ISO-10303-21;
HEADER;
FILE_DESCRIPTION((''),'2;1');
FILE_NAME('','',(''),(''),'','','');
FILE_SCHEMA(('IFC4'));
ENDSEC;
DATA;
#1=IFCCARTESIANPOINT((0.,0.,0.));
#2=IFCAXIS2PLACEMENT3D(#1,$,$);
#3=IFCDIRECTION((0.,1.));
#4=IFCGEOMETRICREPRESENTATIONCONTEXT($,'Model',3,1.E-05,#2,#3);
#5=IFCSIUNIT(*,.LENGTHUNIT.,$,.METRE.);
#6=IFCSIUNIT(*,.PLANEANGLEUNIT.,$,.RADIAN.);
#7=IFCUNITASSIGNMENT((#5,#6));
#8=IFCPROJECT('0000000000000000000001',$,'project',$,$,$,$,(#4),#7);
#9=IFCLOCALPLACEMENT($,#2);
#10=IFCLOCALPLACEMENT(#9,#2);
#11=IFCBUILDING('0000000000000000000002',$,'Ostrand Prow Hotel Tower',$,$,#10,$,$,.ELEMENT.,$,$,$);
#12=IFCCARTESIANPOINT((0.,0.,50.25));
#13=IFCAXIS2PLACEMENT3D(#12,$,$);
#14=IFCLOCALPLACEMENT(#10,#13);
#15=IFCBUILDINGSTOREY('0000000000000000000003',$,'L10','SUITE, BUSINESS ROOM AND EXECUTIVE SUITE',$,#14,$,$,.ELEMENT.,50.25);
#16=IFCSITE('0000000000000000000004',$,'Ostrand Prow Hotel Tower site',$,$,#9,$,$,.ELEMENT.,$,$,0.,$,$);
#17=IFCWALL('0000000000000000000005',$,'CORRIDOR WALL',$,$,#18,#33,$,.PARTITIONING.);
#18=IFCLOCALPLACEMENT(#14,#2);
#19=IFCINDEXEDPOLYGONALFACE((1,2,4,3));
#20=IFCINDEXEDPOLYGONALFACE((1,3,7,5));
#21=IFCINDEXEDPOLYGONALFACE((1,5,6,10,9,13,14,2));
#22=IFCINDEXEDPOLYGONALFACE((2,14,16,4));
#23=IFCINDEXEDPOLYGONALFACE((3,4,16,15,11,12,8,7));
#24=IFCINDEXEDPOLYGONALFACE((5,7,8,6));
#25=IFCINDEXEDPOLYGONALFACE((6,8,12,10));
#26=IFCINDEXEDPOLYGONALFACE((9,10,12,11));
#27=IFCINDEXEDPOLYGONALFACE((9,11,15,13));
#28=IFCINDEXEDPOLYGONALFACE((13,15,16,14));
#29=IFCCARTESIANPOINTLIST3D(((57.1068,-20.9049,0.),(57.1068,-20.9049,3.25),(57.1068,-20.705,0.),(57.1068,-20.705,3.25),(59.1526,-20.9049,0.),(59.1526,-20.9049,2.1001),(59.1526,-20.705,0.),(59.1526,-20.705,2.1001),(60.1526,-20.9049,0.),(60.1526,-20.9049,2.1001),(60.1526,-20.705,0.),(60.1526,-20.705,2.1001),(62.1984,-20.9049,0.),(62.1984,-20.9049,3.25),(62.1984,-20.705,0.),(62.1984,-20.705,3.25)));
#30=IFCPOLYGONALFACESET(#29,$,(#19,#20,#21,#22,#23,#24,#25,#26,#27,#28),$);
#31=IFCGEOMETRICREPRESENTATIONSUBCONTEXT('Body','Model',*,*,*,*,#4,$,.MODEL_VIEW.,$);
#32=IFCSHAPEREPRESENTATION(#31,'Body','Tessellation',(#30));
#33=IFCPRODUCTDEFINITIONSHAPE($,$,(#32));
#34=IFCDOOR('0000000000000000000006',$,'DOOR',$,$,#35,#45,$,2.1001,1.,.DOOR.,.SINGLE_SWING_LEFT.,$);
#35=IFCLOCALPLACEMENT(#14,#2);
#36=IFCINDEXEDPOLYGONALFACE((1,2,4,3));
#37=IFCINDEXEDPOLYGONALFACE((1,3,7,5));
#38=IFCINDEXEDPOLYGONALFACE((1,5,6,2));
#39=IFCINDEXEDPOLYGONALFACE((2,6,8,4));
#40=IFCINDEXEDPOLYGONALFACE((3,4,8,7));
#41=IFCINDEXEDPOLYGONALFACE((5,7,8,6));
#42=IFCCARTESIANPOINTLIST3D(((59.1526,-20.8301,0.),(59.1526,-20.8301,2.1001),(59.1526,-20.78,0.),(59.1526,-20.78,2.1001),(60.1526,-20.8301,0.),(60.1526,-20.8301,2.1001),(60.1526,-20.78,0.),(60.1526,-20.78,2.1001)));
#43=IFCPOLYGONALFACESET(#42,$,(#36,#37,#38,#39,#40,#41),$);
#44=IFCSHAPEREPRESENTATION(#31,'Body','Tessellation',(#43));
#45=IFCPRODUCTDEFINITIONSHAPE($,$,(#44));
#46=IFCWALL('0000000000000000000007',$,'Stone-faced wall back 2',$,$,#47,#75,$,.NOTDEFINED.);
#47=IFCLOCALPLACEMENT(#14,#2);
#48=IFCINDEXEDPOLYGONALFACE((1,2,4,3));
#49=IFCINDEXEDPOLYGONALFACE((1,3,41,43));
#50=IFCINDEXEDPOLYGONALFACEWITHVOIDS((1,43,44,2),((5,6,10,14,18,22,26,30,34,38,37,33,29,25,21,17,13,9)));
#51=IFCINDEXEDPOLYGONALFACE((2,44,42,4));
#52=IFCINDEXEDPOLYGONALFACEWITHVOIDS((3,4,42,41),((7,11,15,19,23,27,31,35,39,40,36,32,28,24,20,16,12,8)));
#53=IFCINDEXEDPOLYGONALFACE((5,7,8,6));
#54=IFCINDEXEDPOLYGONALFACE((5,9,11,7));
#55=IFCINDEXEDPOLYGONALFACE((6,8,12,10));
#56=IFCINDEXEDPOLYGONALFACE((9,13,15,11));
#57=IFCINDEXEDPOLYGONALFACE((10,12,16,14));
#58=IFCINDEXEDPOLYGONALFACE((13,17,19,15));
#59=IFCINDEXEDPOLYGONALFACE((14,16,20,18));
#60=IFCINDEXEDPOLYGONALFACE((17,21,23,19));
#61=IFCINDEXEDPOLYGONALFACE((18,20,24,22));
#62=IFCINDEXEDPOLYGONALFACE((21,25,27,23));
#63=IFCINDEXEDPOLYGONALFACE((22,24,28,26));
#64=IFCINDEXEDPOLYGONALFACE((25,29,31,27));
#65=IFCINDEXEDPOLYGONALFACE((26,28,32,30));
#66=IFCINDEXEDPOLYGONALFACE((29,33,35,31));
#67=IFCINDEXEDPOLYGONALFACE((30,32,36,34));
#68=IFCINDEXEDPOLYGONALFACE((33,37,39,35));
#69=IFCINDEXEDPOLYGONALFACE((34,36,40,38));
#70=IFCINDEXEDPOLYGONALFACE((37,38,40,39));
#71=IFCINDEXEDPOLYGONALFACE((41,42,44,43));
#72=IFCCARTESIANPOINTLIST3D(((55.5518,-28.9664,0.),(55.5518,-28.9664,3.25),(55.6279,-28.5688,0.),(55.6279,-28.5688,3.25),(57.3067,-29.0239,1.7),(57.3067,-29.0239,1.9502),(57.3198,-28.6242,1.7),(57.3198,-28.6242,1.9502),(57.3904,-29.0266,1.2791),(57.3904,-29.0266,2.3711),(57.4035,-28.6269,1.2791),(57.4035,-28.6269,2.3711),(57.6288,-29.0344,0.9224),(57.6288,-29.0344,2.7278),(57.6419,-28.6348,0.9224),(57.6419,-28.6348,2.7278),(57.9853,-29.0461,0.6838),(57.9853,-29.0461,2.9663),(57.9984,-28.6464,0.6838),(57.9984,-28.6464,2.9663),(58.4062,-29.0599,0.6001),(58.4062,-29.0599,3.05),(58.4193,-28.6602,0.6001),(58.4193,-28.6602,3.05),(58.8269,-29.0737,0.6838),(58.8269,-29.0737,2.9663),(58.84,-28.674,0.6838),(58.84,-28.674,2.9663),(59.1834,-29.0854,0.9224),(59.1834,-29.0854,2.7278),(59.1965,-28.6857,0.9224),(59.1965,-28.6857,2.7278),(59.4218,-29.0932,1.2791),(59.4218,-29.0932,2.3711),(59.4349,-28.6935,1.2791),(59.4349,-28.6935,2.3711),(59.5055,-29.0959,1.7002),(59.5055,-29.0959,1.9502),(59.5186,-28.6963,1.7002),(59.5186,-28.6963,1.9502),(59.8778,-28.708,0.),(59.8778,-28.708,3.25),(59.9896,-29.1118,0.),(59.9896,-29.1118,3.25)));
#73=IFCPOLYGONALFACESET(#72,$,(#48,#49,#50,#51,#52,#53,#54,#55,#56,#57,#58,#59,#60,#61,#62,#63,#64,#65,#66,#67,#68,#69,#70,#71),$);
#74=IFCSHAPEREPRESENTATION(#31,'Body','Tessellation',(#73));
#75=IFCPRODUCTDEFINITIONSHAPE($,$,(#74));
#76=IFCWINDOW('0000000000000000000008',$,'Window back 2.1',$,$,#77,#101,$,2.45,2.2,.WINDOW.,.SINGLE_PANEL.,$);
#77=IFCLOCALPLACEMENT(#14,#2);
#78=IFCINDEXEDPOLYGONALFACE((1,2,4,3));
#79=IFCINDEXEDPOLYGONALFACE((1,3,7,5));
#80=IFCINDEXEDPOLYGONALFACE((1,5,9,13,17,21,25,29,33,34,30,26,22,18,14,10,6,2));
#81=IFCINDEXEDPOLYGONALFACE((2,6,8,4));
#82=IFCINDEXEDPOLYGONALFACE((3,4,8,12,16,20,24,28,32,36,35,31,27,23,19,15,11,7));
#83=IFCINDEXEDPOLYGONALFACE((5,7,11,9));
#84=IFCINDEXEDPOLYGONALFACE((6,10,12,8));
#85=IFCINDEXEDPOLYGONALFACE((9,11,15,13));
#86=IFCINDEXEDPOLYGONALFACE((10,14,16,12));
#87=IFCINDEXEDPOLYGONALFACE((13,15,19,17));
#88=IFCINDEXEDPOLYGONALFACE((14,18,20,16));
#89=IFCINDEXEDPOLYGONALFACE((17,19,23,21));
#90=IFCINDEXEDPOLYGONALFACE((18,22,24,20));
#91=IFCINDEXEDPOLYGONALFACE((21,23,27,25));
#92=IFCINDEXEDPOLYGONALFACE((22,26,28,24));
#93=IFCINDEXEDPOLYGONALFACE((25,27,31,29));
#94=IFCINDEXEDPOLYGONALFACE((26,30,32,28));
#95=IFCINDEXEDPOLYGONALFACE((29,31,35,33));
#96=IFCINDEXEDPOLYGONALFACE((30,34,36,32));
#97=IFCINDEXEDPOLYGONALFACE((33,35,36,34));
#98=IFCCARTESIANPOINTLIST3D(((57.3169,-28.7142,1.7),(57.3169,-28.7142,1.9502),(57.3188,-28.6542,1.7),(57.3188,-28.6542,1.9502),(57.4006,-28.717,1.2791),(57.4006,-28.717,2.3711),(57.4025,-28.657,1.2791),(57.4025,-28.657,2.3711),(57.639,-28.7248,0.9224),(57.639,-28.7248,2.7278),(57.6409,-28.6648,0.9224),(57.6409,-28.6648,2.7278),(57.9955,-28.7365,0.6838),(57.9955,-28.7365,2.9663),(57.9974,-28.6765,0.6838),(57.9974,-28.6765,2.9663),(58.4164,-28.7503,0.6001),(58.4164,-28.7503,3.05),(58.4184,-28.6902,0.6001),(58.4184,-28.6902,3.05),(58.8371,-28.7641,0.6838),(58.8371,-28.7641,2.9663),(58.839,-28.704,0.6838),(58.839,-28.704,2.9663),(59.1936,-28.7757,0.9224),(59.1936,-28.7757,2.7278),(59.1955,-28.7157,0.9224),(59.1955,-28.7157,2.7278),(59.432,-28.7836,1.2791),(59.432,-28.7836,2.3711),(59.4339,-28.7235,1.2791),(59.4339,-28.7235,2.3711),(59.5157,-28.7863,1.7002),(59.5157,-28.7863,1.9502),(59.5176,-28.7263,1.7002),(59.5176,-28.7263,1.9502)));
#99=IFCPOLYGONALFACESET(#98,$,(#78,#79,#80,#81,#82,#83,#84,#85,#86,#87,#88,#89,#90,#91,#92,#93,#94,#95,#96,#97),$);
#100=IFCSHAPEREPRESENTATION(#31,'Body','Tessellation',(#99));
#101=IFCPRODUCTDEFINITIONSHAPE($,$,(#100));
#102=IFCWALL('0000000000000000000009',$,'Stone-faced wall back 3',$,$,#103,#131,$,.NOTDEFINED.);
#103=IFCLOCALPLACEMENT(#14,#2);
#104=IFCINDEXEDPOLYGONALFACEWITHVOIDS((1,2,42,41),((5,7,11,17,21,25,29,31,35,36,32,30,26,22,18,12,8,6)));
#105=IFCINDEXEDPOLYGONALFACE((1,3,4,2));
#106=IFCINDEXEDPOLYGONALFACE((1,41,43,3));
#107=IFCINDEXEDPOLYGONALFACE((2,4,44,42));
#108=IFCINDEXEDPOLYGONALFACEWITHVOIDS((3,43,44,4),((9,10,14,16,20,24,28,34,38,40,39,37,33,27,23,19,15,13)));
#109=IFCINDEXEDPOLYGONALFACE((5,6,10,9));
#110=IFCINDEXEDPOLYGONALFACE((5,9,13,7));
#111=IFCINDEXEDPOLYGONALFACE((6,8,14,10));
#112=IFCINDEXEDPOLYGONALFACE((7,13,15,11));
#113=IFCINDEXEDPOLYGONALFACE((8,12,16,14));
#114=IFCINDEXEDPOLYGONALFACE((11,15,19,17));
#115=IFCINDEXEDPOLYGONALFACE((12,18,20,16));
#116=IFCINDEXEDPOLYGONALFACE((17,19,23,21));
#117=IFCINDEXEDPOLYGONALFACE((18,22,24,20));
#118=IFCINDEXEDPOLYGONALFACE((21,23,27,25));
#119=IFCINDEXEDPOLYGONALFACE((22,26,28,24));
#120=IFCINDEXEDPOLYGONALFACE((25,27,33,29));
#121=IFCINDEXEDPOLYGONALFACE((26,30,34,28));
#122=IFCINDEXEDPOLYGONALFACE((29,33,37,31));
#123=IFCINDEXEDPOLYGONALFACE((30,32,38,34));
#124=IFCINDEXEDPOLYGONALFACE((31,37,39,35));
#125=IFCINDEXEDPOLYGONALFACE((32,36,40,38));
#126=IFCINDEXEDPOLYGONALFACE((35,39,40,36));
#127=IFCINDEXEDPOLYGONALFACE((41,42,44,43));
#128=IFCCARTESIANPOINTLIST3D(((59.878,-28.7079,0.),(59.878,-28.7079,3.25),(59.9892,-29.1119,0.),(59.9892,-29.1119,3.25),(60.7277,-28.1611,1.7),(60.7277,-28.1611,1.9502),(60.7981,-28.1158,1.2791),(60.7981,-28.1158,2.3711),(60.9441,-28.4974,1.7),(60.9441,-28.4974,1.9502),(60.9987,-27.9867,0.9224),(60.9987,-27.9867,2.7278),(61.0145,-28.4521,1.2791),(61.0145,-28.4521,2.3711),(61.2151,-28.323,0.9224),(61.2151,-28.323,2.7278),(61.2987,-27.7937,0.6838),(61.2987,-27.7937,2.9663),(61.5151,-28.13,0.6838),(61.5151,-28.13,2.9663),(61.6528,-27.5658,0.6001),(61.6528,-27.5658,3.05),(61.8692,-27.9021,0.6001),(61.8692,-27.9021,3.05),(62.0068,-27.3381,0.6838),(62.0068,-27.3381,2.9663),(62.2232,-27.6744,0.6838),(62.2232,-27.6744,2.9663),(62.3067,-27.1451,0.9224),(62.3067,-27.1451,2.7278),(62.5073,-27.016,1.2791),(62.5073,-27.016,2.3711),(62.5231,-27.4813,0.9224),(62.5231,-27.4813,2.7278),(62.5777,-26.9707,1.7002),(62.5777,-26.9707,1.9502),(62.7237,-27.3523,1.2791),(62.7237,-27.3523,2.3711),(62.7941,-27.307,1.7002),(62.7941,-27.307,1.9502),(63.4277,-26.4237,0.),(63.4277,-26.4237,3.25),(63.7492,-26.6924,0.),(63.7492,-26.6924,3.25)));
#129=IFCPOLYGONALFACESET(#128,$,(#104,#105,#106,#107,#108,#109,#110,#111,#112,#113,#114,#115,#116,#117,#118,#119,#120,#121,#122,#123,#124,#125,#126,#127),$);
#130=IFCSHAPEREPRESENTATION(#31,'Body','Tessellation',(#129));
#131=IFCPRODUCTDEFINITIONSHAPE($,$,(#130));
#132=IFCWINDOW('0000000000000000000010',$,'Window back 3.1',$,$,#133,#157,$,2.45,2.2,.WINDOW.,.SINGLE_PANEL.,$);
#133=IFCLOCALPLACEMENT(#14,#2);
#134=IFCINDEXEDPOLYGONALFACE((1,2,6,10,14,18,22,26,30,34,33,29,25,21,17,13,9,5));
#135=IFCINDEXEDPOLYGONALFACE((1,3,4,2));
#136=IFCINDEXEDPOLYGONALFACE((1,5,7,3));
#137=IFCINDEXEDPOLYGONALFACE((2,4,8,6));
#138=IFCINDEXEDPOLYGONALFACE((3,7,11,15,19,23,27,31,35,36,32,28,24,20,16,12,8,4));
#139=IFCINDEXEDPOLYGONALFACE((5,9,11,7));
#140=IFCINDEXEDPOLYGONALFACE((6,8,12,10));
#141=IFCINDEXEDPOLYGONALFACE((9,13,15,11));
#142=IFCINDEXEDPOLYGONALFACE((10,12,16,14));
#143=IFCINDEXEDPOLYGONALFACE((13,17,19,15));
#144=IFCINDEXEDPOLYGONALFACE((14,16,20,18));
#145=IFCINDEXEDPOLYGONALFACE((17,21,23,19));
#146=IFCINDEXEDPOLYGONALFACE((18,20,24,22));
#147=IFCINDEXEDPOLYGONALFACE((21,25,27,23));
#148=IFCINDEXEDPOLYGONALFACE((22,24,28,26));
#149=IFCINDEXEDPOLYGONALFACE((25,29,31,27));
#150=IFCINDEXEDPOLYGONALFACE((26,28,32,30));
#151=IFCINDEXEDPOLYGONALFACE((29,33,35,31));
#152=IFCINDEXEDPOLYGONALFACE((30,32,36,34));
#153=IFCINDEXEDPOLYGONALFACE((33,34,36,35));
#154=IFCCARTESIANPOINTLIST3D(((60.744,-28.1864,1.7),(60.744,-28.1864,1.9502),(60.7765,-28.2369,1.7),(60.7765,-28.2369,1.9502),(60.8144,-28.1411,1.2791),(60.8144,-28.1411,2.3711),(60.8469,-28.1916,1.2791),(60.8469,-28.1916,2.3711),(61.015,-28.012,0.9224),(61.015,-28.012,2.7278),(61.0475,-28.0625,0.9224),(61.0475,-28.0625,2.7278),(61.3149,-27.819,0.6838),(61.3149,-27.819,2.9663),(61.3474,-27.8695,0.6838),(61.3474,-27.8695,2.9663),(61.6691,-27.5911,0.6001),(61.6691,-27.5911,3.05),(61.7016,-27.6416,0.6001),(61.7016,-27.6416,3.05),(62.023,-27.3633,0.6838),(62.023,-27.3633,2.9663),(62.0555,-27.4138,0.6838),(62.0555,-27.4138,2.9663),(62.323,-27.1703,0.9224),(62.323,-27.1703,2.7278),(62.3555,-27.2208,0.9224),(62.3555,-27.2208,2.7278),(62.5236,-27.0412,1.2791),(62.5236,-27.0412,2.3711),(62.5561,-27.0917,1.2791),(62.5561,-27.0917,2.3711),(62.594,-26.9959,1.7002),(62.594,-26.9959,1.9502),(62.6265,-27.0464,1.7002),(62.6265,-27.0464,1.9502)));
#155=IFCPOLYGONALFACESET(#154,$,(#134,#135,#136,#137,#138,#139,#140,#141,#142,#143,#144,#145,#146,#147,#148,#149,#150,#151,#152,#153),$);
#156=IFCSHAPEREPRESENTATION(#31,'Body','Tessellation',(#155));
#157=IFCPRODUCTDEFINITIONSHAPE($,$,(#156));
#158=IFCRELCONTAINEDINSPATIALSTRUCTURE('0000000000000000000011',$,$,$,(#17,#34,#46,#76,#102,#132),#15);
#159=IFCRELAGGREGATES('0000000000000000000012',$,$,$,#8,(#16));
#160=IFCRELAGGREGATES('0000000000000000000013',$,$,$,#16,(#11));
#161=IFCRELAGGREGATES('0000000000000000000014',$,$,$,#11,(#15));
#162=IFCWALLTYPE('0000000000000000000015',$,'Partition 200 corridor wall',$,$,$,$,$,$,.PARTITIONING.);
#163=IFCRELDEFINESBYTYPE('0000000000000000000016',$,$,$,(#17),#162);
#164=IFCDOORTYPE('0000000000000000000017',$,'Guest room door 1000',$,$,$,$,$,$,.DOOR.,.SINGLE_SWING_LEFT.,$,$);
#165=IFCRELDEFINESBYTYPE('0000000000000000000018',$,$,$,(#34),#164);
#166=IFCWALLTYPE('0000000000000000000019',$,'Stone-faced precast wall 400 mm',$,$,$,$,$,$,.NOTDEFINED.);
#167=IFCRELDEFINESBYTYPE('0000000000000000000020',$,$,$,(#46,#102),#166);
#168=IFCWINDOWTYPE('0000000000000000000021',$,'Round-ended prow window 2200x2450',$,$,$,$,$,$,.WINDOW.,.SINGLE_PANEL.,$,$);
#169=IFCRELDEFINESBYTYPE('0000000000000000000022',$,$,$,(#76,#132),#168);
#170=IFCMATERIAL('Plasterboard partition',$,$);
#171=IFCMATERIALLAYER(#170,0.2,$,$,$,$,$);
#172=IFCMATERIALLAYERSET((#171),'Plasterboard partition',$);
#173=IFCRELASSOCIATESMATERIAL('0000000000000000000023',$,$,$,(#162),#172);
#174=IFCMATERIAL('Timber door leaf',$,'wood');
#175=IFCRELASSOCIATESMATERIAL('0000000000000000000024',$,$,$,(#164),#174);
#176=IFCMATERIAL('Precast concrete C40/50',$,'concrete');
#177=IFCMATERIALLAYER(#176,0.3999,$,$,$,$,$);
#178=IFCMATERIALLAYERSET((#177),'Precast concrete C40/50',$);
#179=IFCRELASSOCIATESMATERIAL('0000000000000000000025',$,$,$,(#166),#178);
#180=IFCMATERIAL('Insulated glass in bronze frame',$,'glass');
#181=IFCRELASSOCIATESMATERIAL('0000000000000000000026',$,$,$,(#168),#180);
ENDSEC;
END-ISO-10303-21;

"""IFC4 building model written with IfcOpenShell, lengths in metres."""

from ifc_helpers import new_model, si_unit, direction, frame, frame_2d, origin, place, context, subcontext, project, spatial, polyline, rectangle, outline, extrude, material, layer, layer_set, type_object, element, fill, save


model = new_model("IFC4")

# Units and contexts
model_context = context("Model", 3, precision=1e-05, world=origin(), true_north=direction((0.0, 1.0)))
body_context = subcontext(model_context, "Body", "Model", "MODEL_VIEW")
ifc_project = project(units=[si_unit("LENGTHUNIT", "METRE"), si_unit("PLANEANGLEUNIT", "RADIAN")], contexts=[model_context])

# Site, building, storey
site_placement = place(None, origin())
site = spatial("IfcSite", under=ifc_project, at=site_placement, Name="Ostrand Prow Hotel Tower site", CompositionType="ELEMENT", RefElevation=0.0)
building_placement = place(site_placement, origin())
building = spatial("IfcBuilding", under=site, at=building_placement, Name="Ostrand Prow Hotel Tower", CompositionType="ELEMENT")
storey_placement = place(building_placement, frame((0.0, 0.0, 50.25)))
storey = spatial("IfcBuildingStorey", under=building, at=storey_placement, Name="L10", Description="SUITE, BUSINESS ROOM AND EXECUTIVE SUITE", CompositionType="ELEMENT", Elevation=50.25)

# Wall, opening, door
ifc_material_1 = material(Name="Plasterboard partition")
ifc_layer_1 = layer(ifc_material_1, 0.2)
ifc_layer_set_1 = layer_set([ifc_layer_1], Name="Plasterboard partition")
wall_type_1 = type_object("IfcWallType", Name="Partition 200 corridor wall", PredefinedType="PARTITIONING", material=ifc_layer_set_1)
wall_1_placement = place(storey_placement, frame((57.1067, -20.8049, 0.0), z_axis=(0.0, 0.0, 1.0), x_axis=(1.0, 0.0, 0.0)))
wall_1 = element("IfcWall", 1, at=wall_1_placement, inside=storey, type_object=wall_type_1, Name="CORRIDOR WALL", PredefinedType="PARTITIONING", context=body_context, shape_type="SweptSolid", body=[
    extrude(rectangle(XDim=5.0916, YDim=0.2, at=frame_2d((2.5459, 0.0))), origin(), (0.0, 0.0, 1.0), 3.25),
])
opening_1_placement = place(wall_1_placement, frame((2.0459, 0.0, 0.0)))
opening_1 = element("IfcOpeningElement", 2, at=opening_1_placement, cuts=wall_1, PredefinedType="OPENING", context=body_context, shape_type="SweptSolid", body=[
    extrude(rectangle(XDim=1.0, YDim=2.1001, at=frame_2d((0.5, 1.05))), frame((0.0, 0.1099, 0.0), z_axis=(0.0, -1.0, 0.0), x_axis=(1.0, 0.0, 0.0)), (0.0, 0.0, 1.0), 0.22),
])
ifc_material_2 = material(Name="Timber door leaf", Category="wood")
door_type_1 = type_object("IfcDoorType", Name="Guest room door 1000", OperationType="SINGLE_SWING_LEFT", PredefinedType="DOOR", material=ifc_material_2)
door_1_placement = place(opening_1_placement, origin())
door_1 = element("IfcDoor", 3, at=door_1_placement, inside=storey, type_object=door_type_1, Name="DOOR", OperationType="SINGLE_SWING_LEFT", OverallHeight=2.1001, OverallWidth=1.0, PredefinedType="DOOR", context=body_context, shape_type="SweptSolid", body=[
    extrude(rectangle(XDim=1.0, YDim=2.1001, at=frame_2d((0.5, 1.05))), frame((0.0, 0.0249, 0.0), z_axis=(0.0, -1.0, 0.0), x_axis=(1.0, 0.0, 0.0)), (0.0, 0.0, 1.0), 0.05),
])
fill(opening_1, door_1)

# Walls, openings, windows
ifc_material_3 = material(Name="Precast concrete C40/50", Category="concrete")
ifc_layer_2 = layer(ifc_material_3, 0.3999)
ifc_layer_set_2 = layer_set([ifc_layer_2], Name="Precast concrete C40/50")
wall_type_2 = type_object("IfcWallType", Name="Stone-faced precast wall 400 mm", PredefinedType="NOTDEFINED", material=ifc_layer_set_2)
wall_2_placement = place(storey_placement, frame((55.5898, -28.7676, 0.0), z_axis=(0.0, 0.0, 1.0), x_axis=(0.999464, -0.03275, 0.0)))
wall_2 = element("IfcWall", 4, at=wall_2_placement, inside=storey, type_object=wall_type_2, Name="Stone-faced wall back 2", PredefinedType="NOTDEFINED", context=body_context, shape_type="SweptSolid", body=[
    extrude(outline(polyline([(-0.0315, -0.2), (4.4087, -0.2), (4.2837, 0.2), (0.0315, 0.2), (-0.0315, -0.2)])), origin(), (0.0, 0.0, 1.0), 3.25),
])
opening_2_placement = place(wall_2_placement, frame((1.7244, 0.0, 0.6001)))
opening_2 = element("IfcOpeningElement", 5, at=opening_2_placement, cuts=wall_2, PredefinedType="OPENING", context=body_context, shape_type="SweptSolid", body=[
    extrude(outline(polyline([(0.0, 1.3501), (0.0837, 1.771), (0.3223, 2.1277), (0.679, 2.3662), (1.1001, 2.45), (1.521, 2.3662), (1.8777, 2.1277), (2.1162, 1.771), (2.2, 1.3501), (2.2, 1.1001), (2.1162, 0.679), (1.8777, 0.3223), (1.521, 0.0837), (1.1001, 0.0), (0.679, 0.0837), (0.3223, 0.3223), (0.0837, 0.679), (0.0, 1.0999), (0.0, 1.3501)])), frame((0.0, 0.21, 0.0), z_axis=(0.0, -1.0, 0.0), x_axis=(1.0, 0.0, 0.0)), (0.0, 0.0, 1.0), 0.4199),
])
ifc_material_4 = material(Name="Insulated glass in bronze frame", Category="glass")
window_type_1 = type_object("IfcWindowType", Name="Round-ended prow window 2200x2450", PartitioningType="SINGLE_PANEL", PredefinedType="WINDOW", material=ifc_material_4)
window_1_placement = place(opening_2_placement, origin())
window_1 = element("IfcWindow", 6, at=window_1_placement, inside=storey, type_object=window_type_1, Name="Window back 2.1", OverallHeight=2.45, OverallWidth=2.2, PartitioningType="SINGLE_PANEL", PredefinedType="WINDOW", context=body_context, shape_type="SweptSolid", body=[
    extrude(outline(polyline([(0.0, 1.3501), (0.0837, 1.771), (0.3223, 2.1277), (0.679, 2.3662), (1.1001, 2.45), (1.521, 2.3662), (1.8777, 2.1277), (2.1162, 1.771), (2.2, 1.3501), (2.2, 1.1001), (2.1162, 0.679), (1.8777, 0.3223), (1.521, 0.0837), (1.1001, 0.0), (0.679, 0.0837), (0.3223, 0.3223), (0.0837, 0.679), (0.0, 1.0999), (0.0, 1.3501)])), frame((0.0, 0.1699, 0.0), z_axis=(0.0, -1.0, 0.0), x_axis=(1.0, 0.0, 0.0)), (0.0, 0.0, 1.0), 0.0601),
])
fill(opening_2, window_1)
wall_3_placement = place(storey_placement, frame((59.9336, -28.9099, 0.0), z_axis=(0.0, 0.0, 1.0), x_axis=(0.840937, 0.541132, 0.0)))
wall_3 = element("IfcWall", 7, at=wall_3_placement, inside=storey, type_object=wall_type_2, Name="Stone-faced wall back 3", PredefinedType="NOTDEFINED", context=body_context, shape_type="SweptSolid", body=[
    extrude(outline(polyline([(-0.0625, -0.2), (4.4087, -0.2), (4.2837, 0.2), (0.0625, 0.2), (-0.0625, -0.2)])), origin(), (0.0, 0.0, 1.0), 3.25),
])
opening_3_placement = place(wall_3_placement, frame((1.073, 0.0, 0.6001)))
opening_3 = element("IfcOpeningElement", 8, at=opening_3_placement, cuts=wall_3, PredefinedType="OPENING", context=body_context, shape_type="SweptSolid", body=[
    extrude(outline(polyline([(0.0, 1.3501), (0.0837, 1.771), (0.3223, 2.1277), (0.679, 2.3662), (1.1001, 2.45), (1.521, 2.3662), (1.8777, 2.1277), (2.1162, 1.771), (2.2, 1.3501), (2.2, 1.1001), (2.1162, 0.679), (1.8777, 0.3223), (1.521, 0.0837), (1.1001, 0.0), (0.679, 0.0837), (0.3223, 0.3223), (0.0837, 0.679), (0.0, 1.0999), (0.0, 1.3501)])), frame((0.0, 0.21, 0.0), z_axis=(0.0, -1.0, 0.0), x_axis=(1.0, 0.0, 0.0)), (0.0, 0.0, 1.0), 0.4199),
])
window_2_placement = place(opening_3_placement, origin())
window_2 = element("IfcWindow", 9, at=window_2_placement, inside=storey, type_object=window_type_1, Name="Window back 3.1", OverallHeight=2.45, OverallWidth=2.2, PartitioningType="SINGLE_PANEL", PredefinedType="WINDOW", context=body_context, shape_type="SweptSolid", body=[
    extrude(outline(polyline([(0.0, 1.3501), (0.0837, 1.771), (0.3223, 2.1277), (0.679, 2.3662), (1.1001, 2.45), (1.521, 2.3662), (1.8777, 2.1277), (2.1162, 1.771), (2.2, 1.3501), (2.2, 1.1001), (2.1162, 0.679), (1.8777, 0.3223), (1.521, 0.0837), (1.1001, 0.0), (0.679, 0.0837), (0.3223, 0.3223), (0.0837, 0.679), (0.0, 1.0999), (0.0, 1.3501)])), frame((0.0, 0.1699, 0.0), z_axis=(0.0, -1.0, 0.0), x_axis=(1.0, 0.0, 0.0)), (0.0, 0.0, 1.0), 0.0601),
])
fill(opening_3, window_2)

save(model, "model.ifc")
